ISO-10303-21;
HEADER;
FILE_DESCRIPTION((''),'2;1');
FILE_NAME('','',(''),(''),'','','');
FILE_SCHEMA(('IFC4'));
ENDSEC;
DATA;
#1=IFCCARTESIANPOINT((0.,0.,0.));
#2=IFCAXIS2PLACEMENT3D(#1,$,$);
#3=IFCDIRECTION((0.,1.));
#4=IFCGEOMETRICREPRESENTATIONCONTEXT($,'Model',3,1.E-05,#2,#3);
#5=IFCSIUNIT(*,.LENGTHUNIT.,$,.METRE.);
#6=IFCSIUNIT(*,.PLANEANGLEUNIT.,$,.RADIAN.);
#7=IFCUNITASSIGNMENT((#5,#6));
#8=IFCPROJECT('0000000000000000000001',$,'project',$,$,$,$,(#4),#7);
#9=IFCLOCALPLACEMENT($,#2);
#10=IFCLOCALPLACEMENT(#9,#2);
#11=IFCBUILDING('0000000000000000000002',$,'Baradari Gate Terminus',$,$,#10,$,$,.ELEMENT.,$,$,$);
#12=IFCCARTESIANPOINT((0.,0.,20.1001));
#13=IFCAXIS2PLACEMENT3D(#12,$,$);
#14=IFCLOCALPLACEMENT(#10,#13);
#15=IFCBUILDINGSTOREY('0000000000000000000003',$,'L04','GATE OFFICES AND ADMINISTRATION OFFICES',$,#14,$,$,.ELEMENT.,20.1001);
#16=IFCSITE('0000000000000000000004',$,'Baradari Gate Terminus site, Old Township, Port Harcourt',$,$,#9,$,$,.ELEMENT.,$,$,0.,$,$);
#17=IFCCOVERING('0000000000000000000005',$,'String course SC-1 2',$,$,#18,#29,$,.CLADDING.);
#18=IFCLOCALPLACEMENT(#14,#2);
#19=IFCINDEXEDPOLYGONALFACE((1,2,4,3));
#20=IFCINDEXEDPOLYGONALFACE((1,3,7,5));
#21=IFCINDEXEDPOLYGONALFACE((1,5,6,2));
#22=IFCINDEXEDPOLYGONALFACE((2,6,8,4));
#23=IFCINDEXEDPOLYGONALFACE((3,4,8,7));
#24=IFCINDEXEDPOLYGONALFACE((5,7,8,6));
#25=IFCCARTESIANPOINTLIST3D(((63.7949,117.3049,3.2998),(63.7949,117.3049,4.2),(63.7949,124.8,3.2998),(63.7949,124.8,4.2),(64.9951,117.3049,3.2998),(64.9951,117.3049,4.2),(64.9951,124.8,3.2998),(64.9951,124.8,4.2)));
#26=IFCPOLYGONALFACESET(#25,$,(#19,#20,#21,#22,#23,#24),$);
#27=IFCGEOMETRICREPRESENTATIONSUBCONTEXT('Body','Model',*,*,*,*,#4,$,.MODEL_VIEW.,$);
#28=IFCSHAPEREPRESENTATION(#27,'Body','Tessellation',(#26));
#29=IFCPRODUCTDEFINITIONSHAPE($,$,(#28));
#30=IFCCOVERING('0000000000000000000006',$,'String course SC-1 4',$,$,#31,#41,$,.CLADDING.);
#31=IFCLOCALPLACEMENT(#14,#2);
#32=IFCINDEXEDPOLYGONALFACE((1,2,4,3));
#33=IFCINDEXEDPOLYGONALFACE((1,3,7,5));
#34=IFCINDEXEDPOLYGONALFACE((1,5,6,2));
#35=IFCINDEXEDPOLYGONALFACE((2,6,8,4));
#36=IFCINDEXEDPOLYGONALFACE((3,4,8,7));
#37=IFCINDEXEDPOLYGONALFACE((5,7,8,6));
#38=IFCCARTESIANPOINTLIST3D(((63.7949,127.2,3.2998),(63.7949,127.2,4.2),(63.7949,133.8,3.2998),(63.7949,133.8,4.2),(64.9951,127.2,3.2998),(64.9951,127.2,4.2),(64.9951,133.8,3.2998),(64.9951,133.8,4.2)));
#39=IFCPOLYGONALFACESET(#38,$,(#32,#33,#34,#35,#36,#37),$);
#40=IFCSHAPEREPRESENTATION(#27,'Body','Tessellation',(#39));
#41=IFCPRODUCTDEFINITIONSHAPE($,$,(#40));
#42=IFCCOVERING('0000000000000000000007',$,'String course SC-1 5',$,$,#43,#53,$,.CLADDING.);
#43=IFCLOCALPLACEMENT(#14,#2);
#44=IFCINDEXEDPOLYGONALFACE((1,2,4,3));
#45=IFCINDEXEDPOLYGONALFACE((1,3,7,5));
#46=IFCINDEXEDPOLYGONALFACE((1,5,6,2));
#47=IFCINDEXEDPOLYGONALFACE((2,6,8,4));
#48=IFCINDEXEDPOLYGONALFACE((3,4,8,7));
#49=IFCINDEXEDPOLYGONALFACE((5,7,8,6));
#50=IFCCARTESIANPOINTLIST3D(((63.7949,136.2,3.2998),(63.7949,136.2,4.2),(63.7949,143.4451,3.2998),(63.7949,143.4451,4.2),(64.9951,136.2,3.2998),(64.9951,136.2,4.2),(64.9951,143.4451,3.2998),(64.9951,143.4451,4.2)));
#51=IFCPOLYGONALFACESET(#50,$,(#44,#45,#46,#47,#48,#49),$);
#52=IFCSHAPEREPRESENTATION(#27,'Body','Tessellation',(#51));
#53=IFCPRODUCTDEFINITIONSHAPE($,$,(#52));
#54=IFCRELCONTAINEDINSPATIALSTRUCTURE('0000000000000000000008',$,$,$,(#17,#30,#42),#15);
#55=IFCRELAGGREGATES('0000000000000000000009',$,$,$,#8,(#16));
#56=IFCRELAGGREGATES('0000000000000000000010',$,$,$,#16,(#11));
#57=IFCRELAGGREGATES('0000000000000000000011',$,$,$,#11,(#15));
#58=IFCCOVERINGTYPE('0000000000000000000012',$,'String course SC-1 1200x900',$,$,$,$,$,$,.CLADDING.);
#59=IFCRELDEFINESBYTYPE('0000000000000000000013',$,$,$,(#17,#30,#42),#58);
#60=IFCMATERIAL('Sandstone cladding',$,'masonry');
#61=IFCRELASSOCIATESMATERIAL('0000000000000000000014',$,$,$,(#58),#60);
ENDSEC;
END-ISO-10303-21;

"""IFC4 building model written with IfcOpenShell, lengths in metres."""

from ifc_helpers import new_model, si_unit, direction, frame, origin, place, context, subcontext, project, spatial, polyline, outline, extrude, material, type_object, element, save


model = new_model("IFC4")

# Units and contexts
model_context = context("Model", 3, precision=1e-05, world=origin(), true_north=direction((0.0, 1.0)))
body_context = subcontext(model_context, "Body", "Model", "MODEL_VIEW")
ifc_project = project(units=[si_unit("LENGTHUNIT", "METRE"), si_unit("PLANEANGLEUNIT", "RADIAN")], contexts=[model_context])

# Site, building, storey
site_placement = place(None, origin())
site = spatial("IfcSite", under=ifc_project, at=site_placement, Name="Baradari Gate Terminus site, Old Township, Port Harcourt", CompositionType="ELEMENT", RefElevation=0.0)
building_placement = place(site_placement, origin())
building = spatial("IfcBuilding", under=site, at=building_placement, Name="Baradari Gate Terminus", CompositionType="ELEMENT")
storey_placement = place(building_placement, frame((0.0, 0.0, 20.1001)))
storey = spatial("IfcBuildingStorey", under=building, at=storey_placement, Name="L04", Description="GATE OFFICES AND ADMINISTRATION OFFICES", CompositionType="ELEMENT", Elevation=20.1001)

# Coverings
ifc_material_1 = material(Name="Sandstone cladding", Category="masonry")
covering_type = type_object("IfcCoveringType", Name="String course SC-1 1200x900", PredefinedType="CLADDING", material=ifc_material_1)
covering_1_placement = place(storey_placement, frame((0.0, 0.0, 3.2998)))
element("IfcCovering", 1, at=covering_1_placement, inside=storey, type_object=covering_type, Name="String course SC-1 2", PredefinedType="CLADDING", context=body_context, shape_type="SweptSolid", body=[
    extrude(outline(polyline([(64.9951, 117.3049), (63.7949, 117.3049), (63.7949, 124.8), (64.9951, 124.8), (64.9951, 117.3049)])), origin(), (0.0, 0.0, 1.0), 0.9001),
])
covering_2_placement = place(storey_placement, frame((0.0, 0.0, 3.2998)))
element("IfcCovering", 2, at=covering_2_placement, inside=storey, type_object=covering_type, Name="String course SC-1 4", PredefinedType="CLADDING", context=body_context, shape_type="SweptSolid", body=[
    extrude(outline(polyline([(64.9951, 127.2), (63.7949, 127.2), (63.7949, 133.8), (64.9951, 133.8), (64.9951, 127.2)])), origin(), (0.0, 0.0, 1.0), 0.9001),
])
covering_3_placement = place(storey_placement, frame((0.0, 0.0, 3.2998)))
element("IfcCovering", 3, at=covering_3_placement, inside=storey, type_object=covering_type, Name="String course SC-1 5", PredefinedType="CLADDING", context=body_context, shape_type="SweptSolid", body=[
    extrude(outline(polyline([(64.9951, 136.2), (63.7949, 136.2), (63.7949, 143.4451), (64.9951, 143.4451), (64.9951, 136.2)])), origin(), (0.0, 0.0, 1.0), 0.9001),
])

save(model, "model.ifc")
